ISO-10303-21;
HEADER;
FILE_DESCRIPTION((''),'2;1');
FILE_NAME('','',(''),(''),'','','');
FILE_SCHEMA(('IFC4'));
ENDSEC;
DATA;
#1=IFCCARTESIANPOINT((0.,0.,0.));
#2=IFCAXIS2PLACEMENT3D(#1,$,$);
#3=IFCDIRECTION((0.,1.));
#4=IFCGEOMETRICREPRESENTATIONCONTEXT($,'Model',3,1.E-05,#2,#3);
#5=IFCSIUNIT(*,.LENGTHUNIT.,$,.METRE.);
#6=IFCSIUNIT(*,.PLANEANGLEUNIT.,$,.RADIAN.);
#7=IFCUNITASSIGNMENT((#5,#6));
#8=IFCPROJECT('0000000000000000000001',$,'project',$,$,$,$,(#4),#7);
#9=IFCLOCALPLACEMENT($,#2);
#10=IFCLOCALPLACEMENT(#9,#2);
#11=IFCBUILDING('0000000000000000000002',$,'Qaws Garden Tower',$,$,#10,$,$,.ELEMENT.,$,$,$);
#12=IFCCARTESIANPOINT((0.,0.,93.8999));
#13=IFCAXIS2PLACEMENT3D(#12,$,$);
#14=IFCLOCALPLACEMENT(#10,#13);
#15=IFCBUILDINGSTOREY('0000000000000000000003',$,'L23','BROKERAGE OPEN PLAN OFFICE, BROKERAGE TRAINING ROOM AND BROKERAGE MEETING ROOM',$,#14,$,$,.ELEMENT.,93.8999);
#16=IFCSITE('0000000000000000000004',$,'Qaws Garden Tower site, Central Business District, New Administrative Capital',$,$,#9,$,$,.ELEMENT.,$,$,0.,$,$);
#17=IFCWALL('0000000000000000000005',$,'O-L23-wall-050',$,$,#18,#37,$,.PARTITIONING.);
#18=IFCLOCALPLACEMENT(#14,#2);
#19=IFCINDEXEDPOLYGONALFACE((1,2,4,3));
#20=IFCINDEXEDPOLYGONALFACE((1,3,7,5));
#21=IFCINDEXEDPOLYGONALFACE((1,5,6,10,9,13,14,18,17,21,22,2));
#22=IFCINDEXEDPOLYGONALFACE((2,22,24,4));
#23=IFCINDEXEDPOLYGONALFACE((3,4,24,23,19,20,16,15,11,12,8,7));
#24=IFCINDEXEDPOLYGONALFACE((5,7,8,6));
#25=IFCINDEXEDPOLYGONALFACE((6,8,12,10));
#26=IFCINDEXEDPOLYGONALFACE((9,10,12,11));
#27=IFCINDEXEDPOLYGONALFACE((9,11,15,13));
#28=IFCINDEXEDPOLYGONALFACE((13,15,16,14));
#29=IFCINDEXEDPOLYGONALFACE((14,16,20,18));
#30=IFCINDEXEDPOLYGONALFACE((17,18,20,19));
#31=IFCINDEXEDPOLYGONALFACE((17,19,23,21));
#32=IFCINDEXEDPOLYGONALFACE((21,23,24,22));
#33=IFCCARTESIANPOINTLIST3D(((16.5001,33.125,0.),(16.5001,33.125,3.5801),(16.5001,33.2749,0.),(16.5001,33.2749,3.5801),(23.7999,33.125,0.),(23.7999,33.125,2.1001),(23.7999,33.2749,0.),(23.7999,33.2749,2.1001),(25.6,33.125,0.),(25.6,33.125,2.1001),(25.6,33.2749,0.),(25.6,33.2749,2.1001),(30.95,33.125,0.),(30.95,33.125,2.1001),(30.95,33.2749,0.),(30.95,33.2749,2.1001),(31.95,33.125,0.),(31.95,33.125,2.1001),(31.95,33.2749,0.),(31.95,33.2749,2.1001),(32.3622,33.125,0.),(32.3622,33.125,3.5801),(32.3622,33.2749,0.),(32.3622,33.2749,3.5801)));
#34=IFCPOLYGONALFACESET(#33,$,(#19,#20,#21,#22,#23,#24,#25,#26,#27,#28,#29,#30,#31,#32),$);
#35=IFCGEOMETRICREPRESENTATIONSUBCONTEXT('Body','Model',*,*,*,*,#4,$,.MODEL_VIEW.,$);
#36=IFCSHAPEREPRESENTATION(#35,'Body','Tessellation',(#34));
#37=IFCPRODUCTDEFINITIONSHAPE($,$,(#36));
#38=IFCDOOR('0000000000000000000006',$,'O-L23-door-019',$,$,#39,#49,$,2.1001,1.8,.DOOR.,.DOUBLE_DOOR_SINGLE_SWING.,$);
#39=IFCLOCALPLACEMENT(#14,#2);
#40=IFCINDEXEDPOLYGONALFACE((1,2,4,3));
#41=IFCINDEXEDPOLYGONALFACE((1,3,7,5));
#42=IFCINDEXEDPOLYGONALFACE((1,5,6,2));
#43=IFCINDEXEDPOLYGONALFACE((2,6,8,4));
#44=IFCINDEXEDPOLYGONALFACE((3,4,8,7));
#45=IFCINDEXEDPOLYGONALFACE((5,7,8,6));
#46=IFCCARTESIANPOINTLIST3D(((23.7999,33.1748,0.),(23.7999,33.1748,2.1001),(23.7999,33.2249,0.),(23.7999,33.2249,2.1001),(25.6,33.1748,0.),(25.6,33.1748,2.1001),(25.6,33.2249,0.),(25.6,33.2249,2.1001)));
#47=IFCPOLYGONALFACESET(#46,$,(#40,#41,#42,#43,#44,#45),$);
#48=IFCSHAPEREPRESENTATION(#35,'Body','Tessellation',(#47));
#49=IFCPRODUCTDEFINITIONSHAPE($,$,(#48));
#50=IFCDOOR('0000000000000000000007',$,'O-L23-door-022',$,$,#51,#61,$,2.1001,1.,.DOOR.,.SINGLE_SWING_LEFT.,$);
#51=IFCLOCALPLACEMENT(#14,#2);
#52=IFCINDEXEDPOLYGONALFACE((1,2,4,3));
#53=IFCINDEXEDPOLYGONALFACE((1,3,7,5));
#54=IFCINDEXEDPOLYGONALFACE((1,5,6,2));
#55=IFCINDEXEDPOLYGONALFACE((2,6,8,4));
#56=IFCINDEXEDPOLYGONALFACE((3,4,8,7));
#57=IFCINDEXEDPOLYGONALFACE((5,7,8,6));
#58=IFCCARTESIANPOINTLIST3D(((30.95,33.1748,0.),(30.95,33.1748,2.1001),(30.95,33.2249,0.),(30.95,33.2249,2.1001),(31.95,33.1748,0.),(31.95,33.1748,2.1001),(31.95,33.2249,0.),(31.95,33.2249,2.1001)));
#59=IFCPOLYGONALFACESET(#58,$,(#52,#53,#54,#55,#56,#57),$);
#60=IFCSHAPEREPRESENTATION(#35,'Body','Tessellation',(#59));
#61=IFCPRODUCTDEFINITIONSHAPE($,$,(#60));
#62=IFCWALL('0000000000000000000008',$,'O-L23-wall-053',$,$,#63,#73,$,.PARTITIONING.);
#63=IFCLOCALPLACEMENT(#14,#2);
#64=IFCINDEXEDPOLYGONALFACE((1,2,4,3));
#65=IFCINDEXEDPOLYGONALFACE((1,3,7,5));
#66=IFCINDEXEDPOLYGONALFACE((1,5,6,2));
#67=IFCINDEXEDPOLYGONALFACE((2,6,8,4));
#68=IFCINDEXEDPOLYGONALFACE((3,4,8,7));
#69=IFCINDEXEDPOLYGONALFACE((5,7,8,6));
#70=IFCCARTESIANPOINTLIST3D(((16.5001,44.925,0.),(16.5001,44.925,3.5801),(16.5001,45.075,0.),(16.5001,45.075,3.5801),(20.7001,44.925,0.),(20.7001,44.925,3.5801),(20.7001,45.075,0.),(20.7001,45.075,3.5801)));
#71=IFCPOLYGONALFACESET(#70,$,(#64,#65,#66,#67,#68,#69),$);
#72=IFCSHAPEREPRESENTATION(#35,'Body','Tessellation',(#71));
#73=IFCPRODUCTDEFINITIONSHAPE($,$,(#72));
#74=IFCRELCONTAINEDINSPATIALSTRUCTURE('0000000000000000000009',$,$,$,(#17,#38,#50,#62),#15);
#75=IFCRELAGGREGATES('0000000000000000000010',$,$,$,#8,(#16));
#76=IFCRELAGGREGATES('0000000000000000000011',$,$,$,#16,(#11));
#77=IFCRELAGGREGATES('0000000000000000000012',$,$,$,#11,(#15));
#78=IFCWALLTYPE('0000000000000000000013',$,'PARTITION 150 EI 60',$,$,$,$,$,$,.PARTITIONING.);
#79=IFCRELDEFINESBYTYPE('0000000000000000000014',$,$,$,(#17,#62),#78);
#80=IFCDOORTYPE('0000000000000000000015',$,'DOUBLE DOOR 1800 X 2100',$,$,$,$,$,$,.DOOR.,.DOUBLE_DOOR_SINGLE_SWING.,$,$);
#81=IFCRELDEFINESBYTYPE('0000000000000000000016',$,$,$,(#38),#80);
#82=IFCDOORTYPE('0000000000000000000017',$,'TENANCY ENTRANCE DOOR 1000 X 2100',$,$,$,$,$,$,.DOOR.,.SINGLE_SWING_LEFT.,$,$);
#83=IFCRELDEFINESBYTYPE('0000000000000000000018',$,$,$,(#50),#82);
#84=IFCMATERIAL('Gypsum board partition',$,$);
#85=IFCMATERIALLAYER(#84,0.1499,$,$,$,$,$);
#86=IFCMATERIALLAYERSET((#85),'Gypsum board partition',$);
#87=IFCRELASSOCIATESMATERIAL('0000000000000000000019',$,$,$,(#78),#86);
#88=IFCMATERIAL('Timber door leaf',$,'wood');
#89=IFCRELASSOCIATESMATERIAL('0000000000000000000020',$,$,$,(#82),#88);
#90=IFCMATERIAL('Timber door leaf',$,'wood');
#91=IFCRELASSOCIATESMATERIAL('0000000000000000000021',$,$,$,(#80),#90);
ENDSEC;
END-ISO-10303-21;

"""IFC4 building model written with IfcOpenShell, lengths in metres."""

from ifc_helpers import new_model, si_unit, direction, frame, frame_2d, origin, place, context, subcontext, project, spatial, rectangle, extrude, material, layer, layer_set, type_object, element, fill, save


model = new_model("IFC4")

# Units and contexts
model_context = context("Model", 3, precision=1e-05, world=origin(), true_north=direction((0.0, 1.0)))
body_context = subcontext(model_context, "Body", "Model", "MODEL_VIEW")
ifc_project = project(units=[si_unit("LENGTHUNIT", "METRE"), si_unit("PLANEANGLEUNIT", "RADIAN")], contexts=[model_context])

# Site, building, storey
site_placement = place(None, origin())
site = spatial("IfcSite", under=ifc_project, at=site_placement, Name="Qaws Garden Tower site, Central Business District, New Administrative Capital", CompositionType="ELEMENT", RefElevation=0.0)
building_placement = place(site_placement, origin())
building = spatial("IfcBuilding", under=site, at=building_placement, Name="Qaws Garden Tower", CompositionType="ELEMENT")
storey_placement = place(building_placement, frame((0.0, 0.0, 93.8999)))
storey = spatial("IfcBuildingStorey", under=building, at=storey_placement, Name="L23", Description="BROKERAGE OPEN PLAN OFFICE, BROKERAGE TRAINING ROOM AND BROKERAGE MEETING ROOM", CompositionType="ELEMENT", Elevation=93.8999)

# Shared definitions
ifc_material_1 = material(Name="Gypsum board partition")
ifc_layer_1 = layer(ifc_material_1, 0.1499)
ifc_layer_set_1 = layer_set([ifc_layer_1], Name="Gypsum board partition")
wall_type_1 = type_object("IfcWallType", Name="PARTITION 150 EI 60", PredefinedType="PARTITIONING", material=ifc_layer_set_1)
ifc_material_2 = material(Name="Timber door leaf", Category="wood")
door_type_1 = type_object("IfcDoorType", Name="TENANCY ENTRANCE DOOR 1000 X 2100", OperationType="SINGLE_SWING_LEFT", PredefinedType="DOOR", material=ifc_material_2)

# Wall, openings, doors
wall_1_placement = place(storey_placement, frame((16.5, 33.2, 0.0), z_axis=(0.0, 0.0, 1.0), x_axis=(1.0, 0.0, 0.0)))
wall_1 = element("IfcWall", 1, at=wall_1_placement, inside=storey, type_object=wall_type_1, Name="O-L23-wall-050", PredefinedType="PARTITIONING", context=body_context, shape_type="SweptSolid", body=[
    extrude(rectangle(XDim=15.8621, YDim=0.1499, at=frame_2d((7.9312, 0.0))), origin(), (0.0, 0.0, 1.0), 3.5801),
])
opening_1_placement = place(wall_1_placement, frame((7.3, 0.0, 0.0)))
opening_1 = element("IfcOpeningElement", 2, at=opening_1_placement, cuts=wall_1, PredefinedType="OPENING", context=body_context, shape_type="SweptSolid", body=[
    extrude(rectangle(XDim=1.8, YDim=2.1001, at=frame_2d((0.8999, 1.05))), frame((0.0, 0.085, 0.0), z_axis=(0.0, -1.0, 0.0), x_axis=(1.0, 0.0, 0.0)), (0.0, 0.0, 1.0), 0.1699),
])
opening_2_placement = place(wall_1_placement, frame((14.45, 0.0, 0.0)))
opening_2 = element("IfcOpeningElement", 3, at=opening_2_placement, cuts=wall_1, PredefinedType="OPENING", context=body_context, shape_type="SweptSolid", body=[
    extrude(rectangle(XDim=1.0, YDim=2.1001, at=frame_2d((0.5, 1.05))), frame((0.0, 0.085, 0.0), z_axis=(0.0, -1.0, 0.0), x_axis=(1.0, 0.0, 0.0)), (0.0, 0.0, 1.0), 0.1699),
])
ifc_material_3 = material(Name="Timber door leaf", Category="wood")
door_type_2 = type_object("IfcDoorType", Name="DOUBLE DOOR 1800 X 2100", OperationType="DOUBLE_DOOR_SINGLE_SWING", PredefinedType="DOOR", material=ifc_material_3)
door_1_placement = place(opening_1_placement, origin())
door_1 = element("IfcDoor", 4, at=door_1_placement, inside=storey, type_object=door_type_2, Name="O-L23-door-019", OperationType="DOUBLE_DOOR_SINGLE_SWING", OverallHeight=2.1001, OverallWidth=1.8, PredefinedType="DOOR", context=body_context, shape_type="SweptSolid", body=[
    extrude(rectangle(XDim=1.8, YDim=2.1001, at=frame_2d((0.8999, 1.05))), frame((0.0, 0.0249, 0.0), z_axis=(0.0, -1.0, 0.0), x_axis=(1.0, 0.0, 0.0)), (0.0, 0.0, 1.0), 0.05),
])
fill(opening_1, door_1)
door_2_placement = place(opening_2_placement, origin())
door_2 = element("IfcDoor", 5, at=door_2_placement, inside=storey, type_object=door_type_1, Name="O-L23-door-022", OperationType="SINGLE_SWING_LEFT", OverallHeight=2.1001, OverallWidth=1.0, PredefinedType="DOOR", context=body_context, shape_type="SweptSolid", body=[
    extrude(rectangle(XDim=1.0, YDim=2.1001, at=frame_2d((0.5, 1.05))), frame((0.0, 0.0249, 0.0), z_axis=(0.0, -1.0, 0.0), x_axis=(1.0, 0.0, 0.0)), (0.0, 0.0, 1.0), 0.05),
])
fill(opening_2, door_2)

# Wall
wall_2_placement = place(storey_placement, frame((16.5, 45.0, 0.0), z_axis=(0.0, 0.0, 1.0), x_axis=(1.0, 0.0, 0.0)))
element("IfcWall", 6, at=wall_2_placement, inside=storey, type_object=wall_type_1, Name="O-L23-wall-053", PredefinedType="PARTITIONING", context=body_context, shape_type="SweptSolid", body=[
    extrude(rectangle(XDim=4.2, YDim=0.1499, at=frame_2d((2.1001, 0.0))), origin(), (0.0, 0.0, 1.0), 3.5801),
])

save(model, "model.ifc")
